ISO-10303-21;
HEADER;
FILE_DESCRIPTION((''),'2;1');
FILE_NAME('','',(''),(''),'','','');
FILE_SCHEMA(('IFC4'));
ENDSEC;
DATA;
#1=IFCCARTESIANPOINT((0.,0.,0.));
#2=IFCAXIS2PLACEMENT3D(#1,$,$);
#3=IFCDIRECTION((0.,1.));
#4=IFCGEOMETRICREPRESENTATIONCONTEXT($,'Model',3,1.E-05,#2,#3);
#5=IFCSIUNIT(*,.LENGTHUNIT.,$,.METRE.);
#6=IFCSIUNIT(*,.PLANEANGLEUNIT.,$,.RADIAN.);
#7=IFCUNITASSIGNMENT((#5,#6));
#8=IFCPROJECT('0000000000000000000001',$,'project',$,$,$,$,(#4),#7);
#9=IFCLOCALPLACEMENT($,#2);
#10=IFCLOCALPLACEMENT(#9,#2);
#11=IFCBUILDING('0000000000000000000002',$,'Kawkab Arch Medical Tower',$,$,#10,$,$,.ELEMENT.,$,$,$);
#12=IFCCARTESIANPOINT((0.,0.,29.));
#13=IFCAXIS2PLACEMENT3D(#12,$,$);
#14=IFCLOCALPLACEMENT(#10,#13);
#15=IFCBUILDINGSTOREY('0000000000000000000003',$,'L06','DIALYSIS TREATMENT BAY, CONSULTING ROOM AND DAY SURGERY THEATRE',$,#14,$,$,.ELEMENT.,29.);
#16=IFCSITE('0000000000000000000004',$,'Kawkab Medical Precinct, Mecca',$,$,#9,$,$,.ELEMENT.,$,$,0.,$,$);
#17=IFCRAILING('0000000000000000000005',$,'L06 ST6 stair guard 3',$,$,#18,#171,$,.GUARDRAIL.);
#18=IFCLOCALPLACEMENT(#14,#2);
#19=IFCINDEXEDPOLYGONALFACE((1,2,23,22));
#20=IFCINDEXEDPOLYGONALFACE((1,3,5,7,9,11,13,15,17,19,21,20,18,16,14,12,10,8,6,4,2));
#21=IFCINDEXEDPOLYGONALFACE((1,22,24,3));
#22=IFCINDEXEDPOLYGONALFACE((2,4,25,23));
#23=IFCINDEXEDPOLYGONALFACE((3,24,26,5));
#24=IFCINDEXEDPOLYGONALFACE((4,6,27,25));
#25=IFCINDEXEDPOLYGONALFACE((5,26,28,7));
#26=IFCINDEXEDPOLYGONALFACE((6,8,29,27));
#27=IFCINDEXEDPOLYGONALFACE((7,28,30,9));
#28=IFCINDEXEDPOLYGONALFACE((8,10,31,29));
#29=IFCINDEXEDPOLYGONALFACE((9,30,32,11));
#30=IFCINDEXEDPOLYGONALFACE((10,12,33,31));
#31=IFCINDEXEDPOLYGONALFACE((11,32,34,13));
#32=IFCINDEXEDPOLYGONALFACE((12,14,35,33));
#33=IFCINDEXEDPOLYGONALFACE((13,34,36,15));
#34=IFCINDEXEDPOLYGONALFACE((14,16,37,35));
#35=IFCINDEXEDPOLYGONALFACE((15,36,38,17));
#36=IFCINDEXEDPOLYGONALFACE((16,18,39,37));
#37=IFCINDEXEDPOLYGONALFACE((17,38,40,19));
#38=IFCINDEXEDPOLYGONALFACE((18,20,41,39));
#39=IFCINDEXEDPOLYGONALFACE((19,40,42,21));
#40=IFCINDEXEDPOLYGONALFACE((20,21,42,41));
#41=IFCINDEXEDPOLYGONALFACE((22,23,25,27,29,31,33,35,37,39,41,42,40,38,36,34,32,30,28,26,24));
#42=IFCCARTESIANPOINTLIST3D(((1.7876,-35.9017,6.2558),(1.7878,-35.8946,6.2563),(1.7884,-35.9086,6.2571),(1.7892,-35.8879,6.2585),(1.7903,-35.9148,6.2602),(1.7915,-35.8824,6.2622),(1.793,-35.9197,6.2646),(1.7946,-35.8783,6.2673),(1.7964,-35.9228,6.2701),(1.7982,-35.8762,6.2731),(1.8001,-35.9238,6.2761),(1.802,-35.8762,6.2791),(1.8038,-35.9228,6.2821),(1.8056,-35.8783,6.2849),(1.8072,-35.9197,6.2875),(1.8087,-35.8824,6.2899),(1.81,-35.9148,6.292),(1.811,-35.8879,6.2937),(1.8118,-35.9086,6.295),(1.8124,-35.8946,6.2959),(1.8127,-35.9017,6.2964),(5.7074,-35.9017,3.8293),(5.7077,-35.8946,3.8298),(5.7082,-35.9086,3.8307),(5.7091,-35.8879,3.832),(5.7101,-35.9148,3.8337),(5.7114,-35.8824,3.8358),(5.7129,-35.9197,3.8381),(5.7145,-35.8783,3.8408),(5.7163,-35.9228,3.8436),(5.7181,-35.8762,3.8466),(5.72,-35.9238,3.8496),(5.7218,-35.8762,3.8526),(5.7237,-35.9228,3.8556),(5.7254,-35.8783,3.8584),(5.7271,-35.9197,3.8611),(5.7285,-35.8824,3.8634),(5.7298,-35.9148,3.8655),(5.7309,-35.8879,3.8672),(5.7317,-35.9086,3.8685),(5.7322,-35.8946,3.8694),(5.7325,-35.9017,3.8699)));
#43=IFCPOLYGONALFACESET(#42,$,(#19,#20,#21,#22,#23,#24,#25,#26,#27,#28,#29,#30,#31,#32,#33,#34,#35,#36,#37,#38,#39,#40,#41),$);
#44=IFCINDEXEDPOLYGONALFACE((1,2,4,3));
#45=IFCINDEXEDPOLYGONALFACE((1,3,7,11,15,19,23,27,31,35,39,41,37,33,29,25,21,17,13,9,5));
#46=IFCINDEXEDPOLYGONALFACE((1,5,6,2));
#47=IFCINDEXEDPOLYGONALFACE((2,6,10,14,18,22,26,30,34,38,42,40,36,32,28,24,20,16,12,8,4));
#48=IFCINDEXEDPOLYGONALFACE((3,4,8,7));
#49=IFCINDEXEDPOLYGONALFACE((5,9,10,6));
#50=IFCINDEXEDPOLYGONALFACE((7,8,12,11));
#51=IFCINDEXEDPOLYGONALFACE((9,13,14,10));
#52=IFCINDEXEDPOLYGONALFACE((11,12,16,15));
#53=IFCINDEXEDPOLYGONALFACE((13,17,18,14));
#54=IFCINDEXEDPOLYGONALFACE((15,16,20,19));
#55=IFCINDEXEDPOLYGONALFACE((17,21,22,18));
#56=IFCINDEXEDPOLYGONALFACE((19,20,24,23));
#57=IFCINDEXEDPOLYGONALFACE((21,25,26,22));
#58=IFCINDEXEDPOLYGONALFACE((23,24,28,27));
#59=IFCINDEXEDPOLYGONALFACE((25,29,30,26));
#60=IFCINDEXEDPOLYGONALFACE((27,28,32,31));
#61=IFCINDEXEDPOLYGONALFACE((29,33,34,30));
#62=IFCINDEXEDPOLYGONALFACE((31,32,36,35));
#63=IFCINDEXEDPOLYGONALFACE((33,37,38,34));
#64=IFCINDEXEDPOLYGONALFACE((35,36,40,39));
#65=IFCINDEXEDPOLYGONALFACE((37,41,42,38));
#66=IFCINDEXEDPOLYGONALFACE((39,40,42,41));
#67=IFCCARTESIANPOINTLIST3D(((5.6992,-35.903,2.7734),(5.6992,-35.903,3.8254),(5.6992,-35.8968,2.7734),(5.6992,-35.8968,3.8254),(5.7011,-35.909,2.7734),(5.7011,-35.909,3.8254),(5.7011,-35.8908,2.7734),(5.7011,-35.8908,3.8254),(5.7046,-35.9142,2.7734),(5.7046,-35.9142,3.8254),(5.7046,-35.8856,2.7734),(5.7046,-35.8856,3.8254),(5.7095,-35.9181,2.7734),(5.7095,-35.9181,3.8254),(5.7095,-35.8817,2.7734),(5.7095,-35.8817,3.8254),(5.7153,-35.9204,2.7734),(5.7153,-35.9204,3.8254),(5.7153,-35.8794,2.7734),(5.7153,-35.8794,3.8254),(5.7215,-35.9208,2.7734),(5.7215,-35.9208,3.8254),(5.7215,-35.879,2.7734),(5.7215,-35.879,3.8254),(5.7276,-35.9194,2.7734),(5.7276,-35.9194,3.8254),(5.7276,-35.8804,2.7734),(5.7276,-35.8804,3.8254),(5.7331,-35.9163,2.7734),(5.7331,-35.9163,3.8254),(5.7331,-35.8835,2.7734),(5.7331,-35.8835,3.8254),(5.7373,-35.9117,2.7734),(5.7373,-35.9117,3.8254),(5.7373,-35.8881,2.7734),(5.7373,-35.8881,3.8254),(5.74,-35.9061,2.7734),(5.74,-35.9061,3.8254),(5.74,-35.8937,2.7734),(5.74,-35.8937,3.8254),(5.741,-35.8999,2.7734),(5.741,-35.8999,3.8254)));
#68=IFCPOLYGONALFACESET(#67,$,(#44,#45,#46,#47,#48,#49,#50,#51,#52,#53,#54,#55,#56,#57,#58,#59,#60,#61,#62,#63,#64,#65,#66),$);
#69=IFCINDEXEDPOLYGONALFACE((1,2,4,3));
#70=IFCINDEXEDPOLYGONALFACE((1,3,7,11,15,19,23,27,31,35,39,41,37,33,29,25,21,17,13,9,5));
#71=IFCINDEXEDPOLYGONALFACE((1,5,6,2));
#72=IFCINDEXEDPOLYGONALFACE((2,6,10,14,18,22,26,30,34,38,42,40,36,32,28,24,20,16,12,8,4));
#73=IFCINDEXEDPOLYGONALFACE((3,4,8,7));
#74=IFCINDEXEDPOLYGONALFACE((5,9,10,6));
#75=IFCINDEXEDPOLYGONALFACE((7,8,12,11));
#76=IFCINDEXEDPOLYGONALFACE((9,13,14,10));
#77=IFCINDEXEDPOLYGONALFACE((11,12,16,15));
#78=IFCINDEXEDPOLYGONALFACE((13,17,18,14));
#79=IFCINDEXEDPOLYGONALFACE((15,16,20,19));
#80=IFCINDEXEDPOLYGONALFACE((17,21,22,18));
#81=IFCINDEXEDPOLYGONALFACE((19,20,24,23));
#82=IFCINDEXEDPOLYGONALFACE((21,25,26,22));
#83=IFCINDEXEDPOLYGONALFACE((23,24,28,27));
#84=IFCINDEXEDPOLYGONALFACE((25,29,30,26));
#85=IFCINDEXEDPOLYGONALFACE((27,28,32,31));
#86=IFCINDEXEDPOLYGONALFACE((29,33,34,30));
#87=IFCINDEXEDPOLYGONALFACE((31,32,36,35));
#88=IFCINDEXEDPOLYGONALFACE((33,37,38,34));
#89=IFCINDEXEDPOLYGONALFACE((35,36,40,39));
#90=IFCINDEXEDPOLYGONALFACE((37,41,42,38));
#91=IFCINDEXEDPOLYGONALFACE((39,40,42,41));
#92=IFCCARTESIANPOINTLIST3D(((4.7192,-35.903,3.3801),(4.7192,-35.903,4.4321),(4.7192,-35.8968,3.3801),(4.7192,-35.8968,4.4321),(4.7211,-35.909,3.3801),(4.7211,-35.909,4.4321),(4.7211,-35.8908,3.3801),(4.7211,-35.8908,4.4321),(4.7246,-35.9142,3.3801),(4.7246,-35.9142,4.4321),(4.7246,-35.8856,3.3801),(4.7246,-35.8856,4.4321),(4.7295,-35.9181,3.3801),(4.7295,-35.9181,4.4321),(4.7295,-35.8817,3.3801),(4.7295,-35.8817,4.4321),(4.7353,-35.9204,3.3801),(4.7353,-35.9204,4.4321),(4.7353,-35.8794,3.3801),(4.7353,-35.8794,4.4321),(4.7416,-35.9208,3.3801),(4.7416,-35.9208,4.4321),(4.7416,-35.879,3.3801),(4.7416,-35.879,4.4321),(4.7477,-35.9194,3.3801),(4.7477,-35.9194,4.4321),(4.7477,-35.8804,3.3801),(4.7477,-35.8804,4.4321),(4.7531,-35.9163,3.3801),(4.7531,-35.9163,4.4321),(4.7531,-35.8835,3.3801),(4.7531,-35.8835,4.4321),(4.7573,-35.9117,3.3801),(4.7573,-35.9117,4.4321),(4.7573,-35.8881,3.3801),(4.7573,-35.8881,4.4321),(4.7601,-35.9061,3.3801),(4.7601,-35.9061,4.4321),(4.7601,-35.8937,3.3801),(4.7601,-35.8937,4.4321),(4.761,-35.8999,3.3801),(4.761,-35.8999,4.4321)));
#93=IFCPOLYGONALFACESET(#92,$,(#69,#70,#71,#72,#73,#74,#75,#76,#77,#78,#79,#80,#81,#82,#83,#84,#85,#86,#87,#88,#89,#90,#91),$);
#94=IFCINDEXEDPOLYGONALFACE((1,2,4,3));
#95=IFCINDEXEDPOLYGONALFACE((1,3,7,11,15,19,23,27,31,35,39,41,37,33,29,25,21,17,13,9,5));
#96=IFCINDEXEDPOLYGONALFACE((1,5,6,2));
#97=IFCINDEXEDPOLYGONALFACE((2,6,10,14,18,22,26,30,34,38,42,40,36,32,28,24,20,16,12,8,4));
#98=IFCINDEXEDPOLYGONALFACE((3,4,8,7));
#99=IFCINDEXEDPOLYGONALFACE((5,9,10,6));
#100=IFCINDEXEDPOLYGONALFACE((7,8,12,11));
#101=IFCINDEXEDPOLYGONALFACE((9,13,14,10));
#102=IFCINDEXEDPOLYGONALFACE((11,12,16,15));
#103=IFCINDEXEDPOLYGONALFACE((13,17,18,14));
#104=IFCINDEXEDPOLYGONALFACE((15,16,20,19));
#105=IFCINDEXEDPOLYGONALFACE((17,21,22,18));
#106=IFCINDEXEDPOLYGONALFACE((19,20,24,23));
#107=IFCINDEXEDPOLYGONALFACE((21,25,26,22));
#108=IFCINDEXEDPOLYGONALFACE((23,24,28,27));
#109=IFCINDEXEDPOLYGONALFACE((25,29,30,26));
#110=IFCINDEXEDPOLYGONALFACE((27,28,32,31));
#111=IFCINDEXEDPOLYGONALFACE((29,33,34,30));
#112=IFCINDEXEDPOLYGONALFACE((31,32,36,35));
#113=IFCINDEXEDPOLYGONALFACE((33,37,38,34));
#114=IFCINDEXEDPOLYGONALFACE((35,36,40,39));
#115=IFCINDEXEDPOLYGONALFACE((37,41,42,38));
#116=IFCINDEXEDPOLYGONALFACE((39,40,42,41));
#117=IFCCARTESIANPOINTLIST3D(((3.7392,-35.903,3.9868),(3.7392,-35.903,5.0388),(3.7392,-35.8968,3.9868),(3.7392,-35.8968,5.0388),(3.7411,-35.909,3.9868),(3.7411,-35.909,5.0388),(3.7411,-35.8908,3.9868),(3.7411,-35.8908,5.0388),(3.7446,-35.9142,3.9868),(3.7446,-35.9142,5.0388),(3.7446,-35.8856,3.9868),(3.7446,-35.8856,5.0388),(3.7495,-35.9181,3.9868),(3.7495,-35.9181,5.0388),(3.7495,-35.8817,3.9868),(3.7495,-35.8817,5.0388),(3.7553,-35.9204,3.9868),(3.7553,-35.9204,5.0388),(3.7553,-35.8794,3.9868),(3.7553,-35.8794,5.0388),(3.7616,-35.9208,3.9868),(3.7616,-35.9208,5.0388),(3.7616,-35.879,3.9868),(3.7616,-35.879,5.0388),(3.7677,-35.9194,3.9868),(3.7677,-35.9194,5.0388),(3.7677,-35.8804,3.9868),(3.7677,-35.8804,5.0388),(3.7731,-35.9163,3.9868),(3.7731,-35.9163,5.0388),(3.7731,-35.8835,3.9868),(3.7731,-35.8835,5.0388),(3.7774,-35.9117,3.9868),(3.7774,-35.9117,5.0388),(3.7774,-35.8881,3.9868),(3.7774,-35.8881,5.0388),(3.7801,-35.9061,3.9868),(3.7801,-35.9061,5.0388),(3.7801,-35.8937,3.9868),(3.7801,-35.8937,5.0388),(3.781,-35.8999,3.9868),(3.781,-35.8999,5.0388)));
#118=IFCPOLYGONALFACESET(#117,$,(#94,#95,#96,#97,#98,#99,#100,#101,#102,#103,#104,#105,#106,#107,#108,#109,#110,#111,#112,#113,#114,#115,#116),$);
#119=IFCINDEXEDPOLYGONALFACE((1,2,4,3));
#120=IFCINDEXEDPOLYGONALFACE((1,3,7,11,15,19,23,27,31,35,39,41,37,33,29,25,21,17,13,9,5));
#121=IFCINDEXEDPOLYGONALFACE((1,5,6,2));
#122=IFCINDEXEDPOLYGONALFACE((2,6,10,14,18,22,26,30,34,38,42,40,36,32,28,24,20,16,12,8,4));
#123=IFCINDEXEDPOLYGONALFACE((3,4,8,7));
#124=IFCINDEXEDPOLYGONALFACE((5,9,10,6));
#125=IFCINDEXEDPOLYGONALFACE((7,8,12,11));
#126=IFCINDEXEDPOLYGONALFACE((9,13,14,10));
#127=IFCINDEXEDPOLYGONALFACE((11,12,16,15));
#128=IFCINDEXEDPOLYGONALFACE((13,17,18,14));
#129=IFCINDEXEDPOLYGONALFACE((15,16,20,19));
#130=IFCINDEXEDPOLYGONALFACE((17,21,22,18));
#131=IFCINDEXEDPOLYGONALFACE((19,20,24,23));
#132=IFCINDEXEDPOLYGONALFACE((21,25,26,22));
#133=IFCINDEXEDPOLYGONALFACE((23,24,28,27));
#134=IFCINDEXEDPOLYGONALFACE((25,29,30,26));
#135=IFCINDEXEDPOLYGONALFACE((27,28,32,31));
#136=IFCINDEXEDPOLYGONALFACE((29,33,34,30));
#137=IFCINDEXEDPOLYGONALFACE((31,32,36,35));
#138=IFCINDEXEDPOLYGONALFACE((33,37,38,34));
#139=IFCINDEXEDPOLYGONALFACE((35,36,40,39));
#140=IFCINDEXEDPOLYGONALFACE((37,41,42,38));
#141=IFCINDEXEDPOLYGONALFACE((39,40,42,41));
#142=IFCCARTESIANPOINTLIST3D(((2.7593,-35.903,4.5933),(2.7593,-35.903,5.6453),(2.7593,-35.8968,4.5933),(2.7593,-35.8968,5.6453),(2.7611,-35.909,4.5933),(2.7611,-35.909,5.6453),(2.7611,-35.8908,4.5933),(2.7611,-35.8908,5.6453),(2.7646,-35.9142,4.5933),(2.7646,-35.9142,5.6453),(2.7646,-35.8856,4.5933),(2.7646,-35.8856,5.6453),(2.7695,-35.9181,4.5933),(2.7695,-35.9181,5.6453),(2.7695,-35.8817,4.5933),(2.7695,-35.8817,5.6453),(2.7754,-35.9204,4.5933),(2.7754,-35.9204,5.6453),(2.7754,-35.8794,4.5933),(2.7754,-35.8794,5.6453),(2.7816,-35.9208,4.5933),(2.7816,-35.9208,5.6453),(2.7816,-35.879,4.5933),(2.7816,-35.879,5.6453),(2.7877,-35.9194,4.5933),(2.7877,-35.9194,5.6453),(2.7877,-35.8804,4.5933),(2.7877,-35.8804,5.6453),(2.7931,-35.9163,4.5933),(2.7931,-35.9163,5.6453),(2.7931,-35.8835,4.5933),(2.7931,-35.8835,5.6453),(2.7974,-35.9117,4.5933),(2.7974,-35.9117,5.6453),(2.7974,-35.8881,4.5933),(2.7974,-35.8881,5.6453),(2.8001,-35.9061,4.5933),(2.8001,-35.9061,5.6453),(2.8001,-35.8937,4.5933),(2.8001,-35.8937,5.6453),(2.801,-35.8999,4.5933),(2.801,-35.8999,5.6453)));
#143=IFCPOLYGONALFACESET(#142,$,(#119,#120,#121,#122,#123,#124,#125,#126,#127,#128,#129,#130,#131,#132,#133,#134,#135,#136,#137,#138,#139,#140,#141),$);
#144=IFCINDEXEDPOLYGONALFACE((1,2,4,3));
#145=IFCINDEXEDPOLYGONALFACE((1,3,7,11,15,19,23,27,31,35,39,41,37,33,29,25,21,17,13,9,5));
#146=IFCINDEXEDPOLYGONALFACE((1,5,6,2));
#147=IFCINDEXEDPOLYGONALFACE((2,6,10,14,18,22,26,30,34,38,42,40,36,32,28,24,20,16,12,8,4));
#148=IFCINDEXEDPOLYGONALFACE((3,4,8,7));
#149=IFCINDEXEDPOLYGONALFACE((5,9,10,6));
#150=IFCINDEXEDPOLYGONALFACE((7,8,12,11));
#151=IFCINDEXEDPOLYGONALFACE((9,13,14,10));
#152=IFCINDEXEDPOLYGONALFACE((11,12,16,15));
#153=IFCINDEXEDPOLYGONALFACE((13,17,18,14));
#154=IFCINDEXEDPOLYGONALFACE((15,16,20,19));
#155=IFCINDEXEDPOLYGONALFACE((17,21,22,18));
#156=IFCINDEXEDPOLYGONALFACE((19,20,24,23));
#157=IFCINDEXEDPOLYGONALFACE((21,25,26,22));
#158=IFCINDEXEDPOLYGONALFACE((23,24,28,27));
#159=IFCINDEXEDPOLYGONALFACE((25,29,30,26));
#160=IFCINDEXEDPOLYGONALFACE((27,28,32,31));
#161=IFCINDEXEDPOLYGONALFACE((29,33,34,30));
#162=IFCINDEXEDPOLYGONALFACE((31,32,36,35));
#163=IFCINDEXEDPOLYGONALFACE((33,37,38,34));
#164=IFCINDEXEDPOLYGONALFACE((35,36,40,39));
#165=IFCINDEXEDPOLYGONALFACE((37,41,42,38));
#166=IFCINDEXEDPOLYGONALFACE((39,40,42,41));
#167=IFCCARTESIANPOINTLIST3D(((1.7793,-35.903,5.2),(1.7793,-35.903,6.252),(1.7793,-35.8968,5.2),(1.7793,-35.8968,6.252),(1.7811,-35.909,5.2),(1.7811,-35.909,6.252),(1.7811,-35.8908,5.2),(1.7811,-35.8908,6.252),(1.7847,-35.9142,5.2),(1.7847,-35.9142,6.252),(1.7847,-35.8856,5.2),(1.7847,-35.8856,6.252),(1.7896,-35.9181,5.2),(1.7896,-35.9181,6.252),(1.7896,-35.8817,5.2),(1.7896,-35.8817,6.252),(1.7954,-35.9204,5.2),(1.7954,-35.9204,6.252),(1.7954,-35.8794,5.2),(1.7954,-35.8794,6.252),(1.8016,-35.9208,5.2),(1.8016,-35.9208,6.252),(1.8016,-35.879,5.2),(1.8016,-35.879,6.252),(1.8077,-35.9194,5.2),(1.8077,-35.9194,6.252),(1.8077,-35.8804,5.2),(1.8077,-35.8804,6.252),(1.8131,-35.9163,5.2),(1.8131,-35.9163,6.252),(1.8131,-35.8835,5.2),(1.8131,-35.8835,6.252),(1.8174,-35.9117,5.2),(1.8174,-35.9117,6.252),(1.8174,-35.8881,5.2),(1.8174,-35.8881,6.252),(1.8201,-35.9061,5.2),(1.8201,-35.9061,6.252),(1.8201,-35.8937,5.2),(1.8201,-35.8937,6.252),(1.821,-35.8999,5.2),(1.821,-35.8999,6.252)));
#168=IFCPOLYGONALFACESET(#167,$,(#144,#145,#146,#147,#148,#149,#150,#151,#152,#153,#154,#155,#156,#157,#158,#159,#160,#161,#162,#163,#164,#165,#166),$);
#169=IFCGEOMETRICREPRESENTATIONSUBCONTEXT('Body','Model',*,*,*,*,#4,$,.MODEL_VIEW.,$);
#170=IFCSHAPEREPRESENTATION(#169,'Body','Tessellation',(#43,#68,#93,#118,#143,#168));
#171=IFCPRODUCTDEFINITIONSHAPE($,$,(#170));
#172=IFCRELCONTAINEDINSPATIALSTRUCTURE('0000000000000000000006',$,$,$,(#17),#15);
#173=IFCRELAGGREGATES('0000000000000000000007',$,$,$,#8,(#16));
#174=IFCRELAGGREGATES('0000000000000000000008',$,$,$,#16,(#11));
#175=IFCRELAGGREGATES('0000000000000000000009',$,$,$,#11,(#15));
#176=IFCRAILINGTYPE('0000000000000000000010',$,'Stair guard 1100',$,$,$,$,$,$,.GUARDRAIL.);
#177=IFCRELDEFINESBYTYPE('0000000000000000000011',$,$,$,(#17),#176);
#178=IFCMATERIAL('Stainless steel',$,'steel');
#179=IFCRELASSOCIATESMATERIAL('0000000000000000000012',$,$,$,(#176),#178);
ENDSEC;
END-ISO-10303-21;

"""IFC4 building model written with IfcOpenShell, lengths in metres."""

from ifc_helpers import new_model, si_unit, direction, frame, origin, origin_2d, place, context, subcontext, project, spatial, circle, extrude, material, type_object, element, save


model = new_model("IFC4")

# Units and contexts
model_context = context("Model", 3, precision=1e-05, world=origin(), true_north=direction((0.0, 1.0)))
body_context = subcontext(model_context, "Body", "Model", "MODEL_VIEW")
ifc_project = project(units=[si_unit("LENGTHUNIT", "METRE"), si_unit("PLANEANGLEUNIT", "RADIAN")], contexts=[model_context])

# Site, building, storey
site_placement = place(None, origin())
site = spatial("IfcSite", under=ifc_project, at=site_placement, Name="Kawkab Medical Precinct, Mecca", CompositionType="ELEMENT", RefElevation=0.0)
building_placement = place(site_placement, origin())
building = spatial("IfcBuilding", under=site, at=building_placement, Name="Kawkab Arch Medical Tower", CompositionType="ELEMENT")
storey_placement = place(building_placement, frame((0.0, 0.0, 29.0)))
storey = spatial("IfcBuildingStorey", under=building, at=storey_placement, Name="L06", Description="DIALYSIS TREATMENT BAY, CONSULTING ROOM AND DAY SURGERY THEATRE", CompositionType="ELEMENT", Elevation=29.0)

# Railing
ifc_material_1 = material(Name="Stainless steel", Category="steel")
railing_type = type_object("IfcRailingType", Name="Stair guard 1100", PredefinedType="GUARDRAIL", material=ifc_material_1)
railing_1_placement = place(storey_placement, frame((5.72, -35.8999, 2.7734)))
element("IfcRailing", 1, at=railing_1_placement, inside=storey, type_object=railing_type, Name="L06 ST6 stair guard 3", PredefinedType="GUARDRAIL", context=body_context, shape_type="SweptSolid", body=[
    extrude(circle(Radius=0.0239, at=origin_2d()), frame((0.0, 0.0, 1.0762), z_axis=(-0.850275, 0.0, 0.526338), x_axis=(0.0, -1.0, 0.0)), (0.0, 0.0, 1.0), 4.6101),
    extrude(circle(Radius=0.021, at=origin_2d()), origin(), (0.0, 0.0, 1.0), 1.052),
    extrude(circle(Radius=0.021, at=origin_2d()), frame((-0.98, 0.0, 0.6067)), (0.0, 0.0, 1.0), 1.052),
    extrude(circle(Radius=0.021, at=origin_2d()), frame((-1.96, 0.0, 1.2134)), (0.0, 0.0, 1.0), 1.052),
    extrude(circle(Radius=0.021, at=origin_2d()), frame((-2.9399, 0.0, 1.8198)), (0.0, 0.0, 1.0), 1.052),
    extrude(circle(Radius=0.021, at=origin_2d()), frame((-3.9199, 0.0, 2.4265)), (0.0, 0.0, 1.0), 1.052),
])

save(model, "model.ifc")
